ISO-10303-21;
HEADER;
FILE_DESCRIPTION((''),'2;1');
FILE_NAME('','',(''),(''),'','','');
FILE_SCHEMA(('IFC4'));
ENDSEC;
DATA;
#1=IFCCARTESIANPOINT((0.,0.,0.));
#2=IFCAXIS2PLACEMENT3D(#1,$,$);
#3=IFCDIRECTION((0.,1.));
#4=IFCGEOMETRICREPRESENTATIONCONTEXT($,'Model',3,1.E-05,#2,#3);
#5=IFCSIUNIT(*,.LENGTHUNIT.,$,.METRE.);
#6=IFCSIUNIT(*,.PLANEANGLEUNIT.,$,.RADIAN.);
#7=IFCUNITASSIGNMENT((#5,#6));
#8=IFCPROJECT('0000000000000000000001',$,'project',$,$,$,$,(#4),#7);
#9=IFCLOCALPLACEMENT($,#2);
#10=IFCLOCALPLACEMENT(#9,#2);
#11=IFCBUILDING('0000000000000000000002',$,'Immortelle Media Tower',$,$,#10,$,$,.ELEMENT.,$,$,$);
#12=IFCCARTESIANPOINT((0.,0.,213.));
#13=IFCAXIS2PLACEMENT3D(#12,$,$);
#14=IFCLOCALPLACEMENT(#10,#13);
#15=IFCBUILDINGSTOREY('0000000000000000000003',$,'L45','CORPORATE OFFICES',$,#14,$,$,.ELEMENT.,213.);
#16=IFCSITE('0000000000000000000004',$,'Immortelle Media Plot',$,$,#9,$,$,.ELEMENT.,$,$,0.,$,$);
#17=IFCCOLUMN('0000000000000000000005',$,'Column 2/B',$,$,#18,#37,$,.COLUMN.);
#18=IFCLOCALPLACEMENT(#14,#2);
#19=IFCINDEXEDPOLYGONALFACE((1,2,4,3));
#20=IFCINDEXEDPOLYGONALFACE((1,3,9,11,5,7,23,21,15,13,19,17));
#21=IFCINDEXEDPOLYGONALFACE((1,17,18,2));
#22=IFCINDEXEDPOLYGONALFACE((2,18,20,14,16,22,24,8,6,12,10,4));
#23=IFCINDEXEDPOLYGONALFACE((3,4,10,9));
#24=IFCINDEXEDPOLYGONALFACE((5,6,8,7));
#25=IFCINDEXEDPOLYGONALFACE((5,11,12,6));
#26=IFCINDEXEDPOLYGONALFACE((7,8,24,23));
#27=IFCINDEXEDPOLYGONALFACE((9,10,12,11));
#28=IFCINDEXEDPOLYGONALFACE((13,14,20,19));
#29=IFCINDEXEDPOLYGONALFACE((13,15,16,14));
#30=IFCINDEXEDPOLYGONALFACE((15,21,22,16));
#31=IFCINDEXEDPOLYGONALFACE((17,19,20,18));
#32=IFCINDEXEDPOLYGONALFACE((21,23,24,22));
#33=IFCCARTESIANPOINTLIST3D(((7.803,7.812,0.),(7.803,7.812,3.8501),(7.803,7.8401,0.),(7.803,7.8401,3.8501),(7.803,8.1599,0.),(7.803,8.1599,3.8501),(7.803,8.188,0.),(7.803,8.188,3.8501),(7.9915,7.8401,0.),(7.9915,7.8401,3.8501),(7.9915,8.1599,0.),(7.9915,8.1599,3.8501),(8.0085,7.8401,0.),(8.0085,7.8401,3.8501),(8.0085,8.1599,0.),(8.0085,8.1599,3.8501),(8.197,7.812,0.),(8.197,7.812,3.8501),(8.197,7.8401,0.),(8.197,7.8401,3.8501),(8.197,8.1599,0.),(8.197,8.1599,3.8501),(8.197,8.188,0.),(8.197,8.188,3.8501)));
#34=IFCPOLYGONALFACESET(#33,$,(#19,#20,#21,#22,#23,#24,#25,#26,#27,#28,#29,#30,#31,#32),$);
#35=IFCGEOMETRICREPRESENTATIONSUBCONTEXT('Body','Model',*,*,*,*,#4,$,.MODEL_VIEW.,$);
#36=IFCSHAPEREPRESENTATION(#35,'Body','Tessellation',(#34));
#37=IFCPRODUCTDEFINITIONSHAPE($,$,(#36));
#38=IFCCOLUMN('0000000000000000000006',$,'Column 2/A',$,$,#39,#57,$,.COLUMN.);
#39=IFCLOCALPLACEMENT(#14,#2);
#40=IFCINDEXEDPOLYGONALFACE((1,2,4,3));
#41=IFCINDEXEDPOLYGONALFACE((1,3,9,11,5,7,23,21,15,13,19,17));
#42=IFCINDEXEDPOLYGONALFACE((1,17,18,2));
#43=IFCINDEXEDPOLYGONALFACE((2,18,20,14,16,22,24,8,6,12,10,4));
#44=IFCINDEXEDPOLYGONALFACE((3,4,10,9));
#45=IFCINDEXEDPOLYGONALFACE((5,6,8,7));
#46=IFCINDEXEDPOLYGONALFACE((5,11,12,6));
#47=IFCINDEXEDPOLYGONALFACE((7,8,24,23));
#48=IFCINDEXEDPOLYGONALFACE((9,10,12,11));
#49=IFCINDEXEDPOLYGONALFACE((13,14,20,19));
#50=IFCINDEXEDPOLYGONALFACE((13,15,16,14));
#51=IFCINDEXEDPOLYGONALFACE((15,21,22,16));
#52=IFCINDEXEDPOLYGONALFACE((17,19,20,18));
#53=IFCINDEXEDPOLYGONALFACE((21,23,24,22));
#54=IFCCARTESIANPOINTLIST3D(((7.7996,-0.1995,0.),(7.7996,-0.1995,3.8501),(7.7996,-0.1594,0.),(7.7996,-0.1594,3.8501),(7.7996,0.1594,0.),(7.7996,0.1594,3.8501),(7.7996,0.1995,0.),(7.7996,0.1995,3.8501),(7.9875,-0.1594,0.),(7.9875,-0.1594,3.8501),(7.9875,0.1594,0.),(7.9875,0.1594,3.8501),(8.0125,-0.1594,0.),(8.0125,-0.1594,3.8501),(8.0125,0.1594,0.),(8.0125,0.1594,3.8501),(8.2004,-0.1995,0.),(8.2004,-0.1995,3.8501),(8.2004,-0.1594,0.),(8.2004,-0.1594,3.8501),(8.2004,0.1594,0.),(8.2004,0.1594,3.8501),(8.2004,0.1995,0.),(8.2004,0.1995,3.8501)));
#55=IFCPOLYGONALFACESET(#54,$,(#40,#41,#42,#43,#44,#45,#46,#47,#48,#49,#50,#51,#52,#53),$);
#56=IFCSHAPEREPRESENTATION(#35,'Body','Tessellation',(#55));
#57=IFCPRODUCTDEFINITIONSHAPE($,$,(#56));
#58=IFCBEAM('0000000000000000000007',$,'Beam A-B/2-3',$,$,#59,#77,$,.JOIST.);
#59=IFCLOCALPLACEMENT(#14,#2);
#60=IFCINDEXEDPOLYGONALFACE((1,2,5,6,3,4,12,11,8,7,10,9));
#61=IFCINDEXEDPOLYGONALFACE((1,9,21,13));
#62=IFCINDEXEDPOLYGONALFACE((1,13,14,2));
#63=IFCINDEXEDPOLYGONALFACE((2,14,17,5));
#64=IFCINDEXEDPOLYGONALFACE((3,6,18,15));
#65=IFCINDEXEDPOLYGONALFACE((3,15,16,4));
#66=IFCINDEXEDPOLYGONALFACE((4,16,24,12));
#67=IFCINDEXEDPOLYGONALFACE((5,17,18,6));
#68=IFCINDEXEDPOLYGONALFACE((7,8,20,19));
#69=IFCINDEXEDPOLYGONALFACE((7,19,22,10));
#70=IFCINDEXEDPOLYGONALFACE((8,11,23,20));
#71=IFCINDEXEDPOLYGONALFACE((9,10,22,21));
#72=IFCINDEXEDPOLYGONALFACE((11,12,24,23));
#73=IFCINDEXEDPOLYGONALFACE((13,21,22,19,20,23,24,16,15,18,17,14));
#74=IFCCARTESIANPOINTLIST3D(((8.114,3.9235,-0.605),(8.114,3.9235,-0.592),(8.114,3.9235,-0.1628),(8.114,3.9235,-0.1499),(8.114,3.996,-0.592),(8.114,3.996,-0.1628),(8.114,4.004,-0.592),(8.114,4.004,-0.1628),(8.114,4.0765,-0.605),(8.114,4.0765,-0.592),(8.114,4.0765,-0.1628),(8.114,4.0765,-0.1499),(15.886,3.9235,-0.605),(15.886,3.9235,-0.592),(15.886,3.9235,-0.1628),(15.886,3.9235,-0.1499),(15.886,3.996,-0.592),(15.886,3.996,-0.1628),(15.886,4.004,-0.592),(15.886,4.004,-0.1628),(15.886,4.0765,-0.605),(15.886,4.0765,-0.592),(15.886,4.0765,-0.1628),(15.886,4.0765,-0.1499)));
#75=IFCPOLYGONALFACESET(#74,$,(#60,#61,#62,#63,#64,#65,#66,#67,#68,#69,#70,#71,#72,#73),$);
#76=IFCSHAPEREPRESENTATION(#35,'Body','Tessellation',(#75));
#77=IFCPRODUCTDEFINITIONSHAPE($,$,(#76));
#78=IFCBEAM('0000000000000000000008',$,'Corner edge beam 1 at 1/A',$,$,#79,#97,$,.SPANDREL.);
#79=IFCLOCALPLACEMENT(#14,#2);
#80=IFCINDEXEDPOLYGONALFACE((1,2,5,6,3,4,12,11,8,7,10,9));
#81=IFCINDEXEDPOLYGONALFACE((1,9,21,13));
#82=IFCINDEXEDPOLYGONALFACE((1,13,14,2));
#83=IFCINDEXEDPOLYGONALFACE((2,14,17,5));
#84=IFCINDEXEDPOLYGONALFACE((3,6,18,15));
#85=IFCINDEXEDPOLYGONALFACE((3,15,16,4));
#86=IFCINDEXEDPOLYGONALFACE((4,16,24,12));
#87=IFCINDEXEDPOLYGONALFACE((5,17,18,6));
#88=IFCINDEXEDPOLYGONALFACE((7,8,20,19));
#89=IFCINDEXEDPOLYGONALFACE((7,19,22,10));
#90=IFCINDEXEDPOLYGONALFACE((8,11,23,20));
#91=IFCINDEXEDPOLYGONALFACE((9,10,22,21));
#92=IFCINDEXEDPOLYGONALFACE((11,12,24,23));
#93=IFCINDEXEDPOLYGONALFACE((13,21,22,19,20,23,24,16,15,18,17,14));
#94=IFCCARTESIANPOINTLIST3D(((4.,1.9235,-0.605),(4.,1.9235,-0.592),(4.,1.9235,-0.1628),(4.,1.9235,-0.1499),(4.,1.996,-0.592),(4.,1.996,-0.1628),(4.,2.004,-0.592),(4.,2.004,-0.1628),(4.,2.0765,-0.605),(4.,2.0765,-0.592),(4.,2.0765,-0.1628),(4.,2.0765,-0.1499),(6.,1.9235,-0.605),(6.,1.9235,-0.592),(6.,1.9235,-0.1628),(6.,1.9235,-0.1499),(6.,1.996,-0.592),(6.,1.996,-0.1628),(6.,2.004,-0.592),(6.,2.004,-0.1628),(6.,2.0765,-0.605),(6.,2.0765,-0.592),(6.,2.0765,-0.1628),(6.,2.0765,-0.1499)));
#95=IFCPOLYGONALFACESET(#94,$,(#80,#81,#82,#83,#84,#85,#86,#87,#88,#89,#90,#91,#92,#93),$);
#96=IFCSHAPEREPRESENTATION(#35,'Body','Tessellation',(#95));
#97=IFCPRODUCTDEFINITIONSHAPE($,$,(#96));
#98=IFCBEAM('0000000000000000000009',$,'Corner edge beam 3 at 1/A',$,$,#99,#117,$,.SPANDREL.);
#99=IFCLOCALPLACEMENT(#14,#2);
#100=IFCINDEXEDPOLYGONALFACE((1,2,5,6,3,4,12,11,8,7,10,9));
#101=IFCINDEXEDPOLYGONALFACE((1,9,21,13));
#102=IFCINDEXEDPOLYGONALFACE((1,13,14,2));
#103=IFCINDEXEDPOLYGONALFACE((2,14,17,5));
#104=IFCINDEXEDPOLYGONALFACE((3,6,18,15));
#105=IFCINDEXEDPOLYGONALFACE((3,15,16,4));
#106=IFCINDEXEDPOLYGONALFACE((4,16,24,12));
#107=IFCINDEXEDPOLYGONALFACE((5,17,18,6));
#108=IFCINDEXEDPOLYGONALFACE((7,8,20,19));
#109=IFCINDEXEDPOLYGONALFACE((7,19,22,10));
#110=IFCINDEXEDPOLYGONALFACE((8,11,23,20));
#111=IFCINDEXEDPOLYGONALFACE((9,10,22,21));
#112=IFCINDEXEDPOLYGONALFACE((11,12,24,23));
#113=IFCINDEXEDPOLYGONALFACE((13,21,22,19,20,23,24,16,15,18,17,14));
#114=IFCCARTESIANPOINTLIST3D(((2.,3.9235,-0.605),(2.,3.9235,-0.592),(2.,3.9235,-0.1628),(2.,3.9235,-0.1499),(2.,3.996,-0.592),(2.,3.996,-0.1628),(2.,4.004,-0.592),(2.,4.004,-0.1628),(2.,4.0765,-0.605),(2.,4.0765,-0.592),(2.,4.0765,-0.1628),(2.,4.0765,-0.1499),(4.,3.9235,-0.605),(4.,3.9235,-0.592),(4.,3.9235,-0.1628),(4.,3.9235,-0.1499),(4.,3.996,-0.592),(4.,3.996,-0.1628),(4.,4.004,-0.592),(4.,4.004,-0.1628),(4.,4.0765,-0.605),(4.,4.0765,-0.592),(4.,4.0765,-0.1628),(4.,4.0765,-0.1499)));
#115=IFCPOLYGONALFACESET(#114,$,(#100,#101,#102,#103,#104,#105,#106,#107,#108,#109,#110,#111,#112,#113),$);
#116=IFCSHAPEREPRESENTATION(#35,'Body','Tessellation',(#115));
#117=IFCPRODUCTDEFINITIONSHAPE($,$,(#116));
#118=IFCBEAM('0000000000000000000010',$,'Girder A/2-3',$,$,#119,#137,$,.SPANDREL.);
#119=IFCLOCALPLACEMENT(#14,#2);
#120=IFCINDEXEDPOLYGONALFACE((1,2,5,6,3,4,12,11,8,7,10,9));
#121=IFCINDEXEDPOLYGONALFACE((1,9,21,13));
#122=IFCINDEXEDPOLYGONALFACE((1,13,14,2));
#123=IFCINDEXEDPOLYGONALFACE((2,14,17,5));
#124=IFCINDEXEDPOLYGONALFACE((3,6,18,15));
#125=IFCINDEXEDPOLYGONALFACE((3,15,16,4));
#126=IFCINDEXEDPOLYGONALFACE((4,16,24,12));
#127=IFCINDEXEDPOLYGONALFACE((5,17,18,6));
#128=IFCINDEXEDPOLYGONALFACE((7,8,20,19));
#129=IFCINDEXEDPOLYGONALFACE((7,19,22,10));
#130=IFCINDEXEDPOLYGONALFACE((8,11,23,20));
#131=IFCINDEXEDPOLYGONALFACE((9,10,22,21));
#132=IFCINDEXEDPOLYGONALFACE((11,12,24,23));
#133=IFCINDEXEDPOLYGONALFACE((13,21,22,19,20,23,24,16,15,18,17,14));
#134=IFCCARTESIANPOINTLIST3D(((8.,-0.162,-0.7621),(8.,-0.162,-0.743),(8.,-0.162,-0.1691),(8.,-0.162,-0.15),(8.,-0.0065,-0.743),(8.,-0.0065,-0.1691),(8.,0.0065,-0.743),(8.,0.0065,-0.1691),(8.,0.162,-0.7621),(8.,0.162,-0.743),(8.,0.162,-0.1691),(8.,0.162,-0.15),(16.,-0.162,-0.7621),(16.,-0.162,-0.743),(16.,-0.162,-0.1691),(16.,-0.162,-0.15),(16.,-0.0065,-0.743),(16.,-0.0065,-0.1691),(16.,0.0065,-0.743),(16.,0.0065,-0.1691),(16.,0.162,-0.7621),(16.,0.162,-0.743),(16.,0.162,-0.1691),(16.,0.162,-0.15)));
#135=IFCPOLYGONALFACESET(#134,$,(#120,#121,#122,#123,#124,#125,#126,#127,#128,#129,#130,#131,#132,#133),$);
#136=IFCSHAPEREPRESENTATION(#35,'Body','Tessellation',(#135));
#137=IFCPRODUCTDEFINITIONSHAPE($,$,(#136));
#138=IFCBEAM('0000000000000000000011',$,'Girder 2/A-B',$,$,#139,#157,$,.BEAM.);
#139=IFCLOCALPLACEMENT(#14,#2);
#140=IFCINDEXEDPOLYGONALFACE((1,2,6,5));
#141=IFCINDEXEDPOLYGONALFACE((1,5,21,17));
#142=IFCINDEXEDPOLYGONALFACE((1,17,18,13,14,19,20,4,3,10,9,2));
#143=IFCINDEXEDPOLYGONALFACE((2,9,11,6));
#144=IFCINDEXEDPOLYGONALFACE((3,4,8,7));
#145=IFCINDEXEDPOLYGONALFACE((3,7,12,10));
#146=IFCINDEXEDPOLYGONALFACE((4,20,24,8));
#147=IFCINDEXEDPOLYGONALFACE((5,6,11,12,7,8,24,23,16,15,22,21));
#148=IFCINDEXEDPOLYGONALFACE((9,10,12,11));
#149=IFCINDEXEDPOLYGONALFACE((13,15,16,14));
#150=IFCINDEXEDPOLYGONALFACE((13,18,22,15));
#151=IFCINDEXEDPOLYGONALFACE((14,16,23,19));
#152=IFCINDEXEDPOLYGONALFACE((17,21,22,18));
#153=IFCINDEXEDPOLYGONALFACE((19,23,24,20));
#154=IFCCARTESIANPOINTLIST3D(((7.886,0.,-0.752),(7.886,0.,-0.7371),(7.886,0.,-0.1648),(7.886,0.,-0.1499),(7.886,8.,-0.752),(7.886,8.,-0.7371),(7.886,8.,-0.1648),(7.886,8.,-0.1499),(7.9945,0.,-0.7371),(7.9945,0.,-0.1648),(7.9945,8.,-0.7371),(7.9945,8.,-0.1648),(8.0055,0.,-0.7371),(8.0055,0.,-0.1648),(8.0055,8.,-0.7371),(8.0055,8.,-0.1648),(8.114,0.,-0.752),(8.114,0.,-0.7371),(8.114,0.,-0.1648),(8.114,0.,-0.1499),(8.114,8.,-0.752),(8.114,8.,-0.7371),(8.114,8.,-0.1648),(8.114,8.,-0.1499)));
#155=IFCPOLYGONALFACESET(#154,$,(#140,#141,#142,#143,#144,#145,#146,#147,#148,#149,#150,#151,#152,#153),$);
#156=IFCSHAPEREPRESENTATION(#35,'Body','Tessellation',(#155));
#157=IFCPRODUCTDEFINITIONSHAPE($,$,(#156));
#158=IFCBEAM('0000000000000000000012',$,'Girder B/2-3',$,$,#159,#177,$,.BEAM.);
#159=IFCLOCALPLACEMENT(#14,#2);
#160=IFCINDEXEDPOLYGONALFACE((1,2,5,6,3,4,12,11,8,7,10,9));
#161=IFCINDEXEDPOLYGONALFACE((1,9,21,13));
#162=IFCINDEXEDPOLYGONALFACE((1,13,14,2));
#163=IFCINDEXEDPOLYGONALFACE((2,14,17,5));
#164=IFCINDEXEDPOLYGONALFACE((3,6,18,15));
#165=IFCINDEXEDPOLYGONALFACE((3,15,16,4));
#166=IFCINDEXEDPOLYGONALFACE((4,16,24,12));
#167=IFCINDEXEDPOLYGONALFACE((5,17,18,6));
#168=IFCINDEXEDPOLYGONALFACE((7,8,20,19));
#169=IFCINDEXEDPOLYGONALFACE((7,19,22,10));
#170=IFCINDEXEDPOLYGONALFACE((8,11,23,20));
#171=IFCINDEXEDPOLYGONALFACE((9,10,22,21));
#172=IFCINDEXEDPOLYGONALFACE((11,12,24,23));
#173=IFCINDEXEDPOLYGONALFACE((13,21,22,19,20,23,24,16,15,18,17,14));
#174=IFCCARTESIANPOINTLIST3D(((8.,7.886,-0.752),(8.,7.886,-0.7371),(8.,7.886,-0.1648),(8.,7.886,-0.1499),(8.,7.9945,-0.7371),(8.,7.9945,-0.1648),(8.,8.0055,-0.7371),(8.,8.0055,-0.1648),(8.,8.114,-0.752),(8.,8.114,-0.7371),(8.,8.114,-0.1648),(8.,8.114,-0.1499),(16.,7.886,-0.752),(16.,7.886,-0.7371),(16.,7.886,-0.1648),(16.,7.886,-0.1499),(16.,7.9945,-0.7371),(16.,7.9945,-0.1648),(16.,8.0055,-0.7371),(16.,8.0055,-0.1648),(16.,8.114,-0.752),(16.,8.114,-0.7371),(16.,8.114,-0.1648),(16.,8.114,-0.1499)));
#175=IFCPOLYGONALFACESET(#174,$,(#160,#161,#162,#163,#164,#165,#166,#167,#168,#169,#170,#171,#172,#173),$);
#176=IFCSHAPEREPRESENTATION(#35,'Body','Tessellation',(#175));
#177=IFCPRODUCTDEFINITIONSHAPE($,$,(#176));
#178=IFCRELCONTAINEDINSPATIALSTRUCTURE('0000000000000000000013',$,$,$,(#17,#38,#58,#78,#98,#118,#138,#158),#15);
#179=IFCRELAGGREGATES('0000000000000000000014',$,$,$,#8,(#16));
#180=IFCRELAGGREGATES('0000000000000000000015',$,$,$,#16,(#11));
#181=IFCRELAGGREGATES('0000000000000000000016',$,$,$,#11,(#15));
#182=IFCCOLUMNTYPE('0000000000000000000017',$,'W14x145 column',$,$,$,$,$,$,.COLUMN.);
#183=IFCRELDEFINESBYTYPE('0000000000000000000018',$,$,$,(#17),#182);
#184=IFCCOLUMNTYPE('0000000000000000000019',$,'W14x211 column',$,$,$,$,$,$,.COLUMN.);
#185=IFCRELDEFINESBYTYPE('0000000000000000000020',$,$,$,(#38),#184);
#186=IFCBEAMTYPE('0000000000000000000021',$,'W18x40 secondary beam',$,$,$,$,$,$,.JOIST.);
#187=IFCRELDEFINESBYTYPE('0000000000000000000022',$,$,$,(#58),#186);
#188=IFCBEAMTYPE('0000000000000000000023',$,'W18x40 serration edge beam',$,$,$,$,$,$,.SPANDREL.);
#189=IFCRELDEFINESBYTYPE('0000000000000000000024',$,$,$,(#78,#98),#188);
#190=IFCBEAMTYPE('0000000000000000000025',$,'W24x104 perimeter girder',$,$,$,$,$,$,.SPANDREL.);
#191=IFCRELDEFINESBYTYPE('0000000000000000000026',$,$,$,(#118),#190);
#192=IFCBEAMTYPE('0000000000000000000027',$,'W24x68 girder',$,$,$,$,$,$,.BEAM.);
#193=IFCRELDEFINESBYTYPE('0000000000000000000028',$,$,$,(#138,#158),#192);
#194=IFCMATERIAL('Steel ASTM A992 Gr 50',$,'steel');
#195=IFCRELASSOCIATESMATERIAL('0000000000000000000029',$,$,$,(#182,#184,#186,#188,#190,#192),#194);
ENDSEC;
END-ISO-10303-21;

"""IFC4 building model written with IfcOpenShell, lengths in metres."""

from ifc_helpers import new_model, si_unit, direction, frame, origin, origin_2d, place, context, subcontext, project, spatial, i_section, extrude, material, material_profile, profile_set, type_object, element, save


model = new_model("IFC4")

# Units and contexts
model_context = context("Model", 3, precision=1e-05, world=origin(), true_north=direction((0.0, 1.0)))
body_context = subcontext(model_context, "Body", "Model", "MODEL_VIEW")
ifc_project = project(units=[si_unit("LENGTHUNIT", "METRE"), si_unit("PLANEANGLEUNIT", "RADIAN")], contexts=[model_context])

# Site, building, storey
site_placement = place(None, origin())
site = spatial("IfcSite", under=ifc_project, at=site_placement, Name="Immortelle Media Plot", CompositionType="ELEMENT", RefElevation=0.0)
building_placement = place(site_placement, origin())
building = spatial("IfcBuilding", under=site, at=building_placement, Name="Immortelle Media Tower", CompositionType="ELEMENT")
storey_placement = place(building_placement, frame((0.0, 0.0, 213.0)))
storey = spatial("IfcBuildingStorey", under=building, at=storey_placement, Name="L45", Description="CORPORATE OFFICES", CompositionType="ELEMENT", Elevation=213.0)

# Columns
ifc_material_1 = material(Name="Steel ASTM A992 Gr 50", Category="steel")
ifc_material_profile_1 = material_profile(ifc_material_1, i_section(OverallWidth=0.394, OverallDepth=0.376, WebThickness=0.0171, FlangeThickness=0.0281, at=origin_2d()), Name="W14x145")
ifc_profile_set_1 = profile_set([ifc_material_profile_1], Name="Steel ASTM A992 Gr 50")
column_type_1 = type_object("IfcColumnType", Name="W14x145 column", PredefinedType="COLUMN", material=ifc_profile_set_1)
column_1_placement = place(storey_placement, frame((8.0, 8.0, 0.0), z_axis=(0.0, 0.0, 1.0), x_axis=(1.0, 0.0, 0.0)))
element("IfcColumn", 1, at=column_1_placement, inside=storey, type_object=column_type_1, Name="Column 2/B", PredefinedType="COLUMN", context=body_context, shape_type="SweptSolid", body=[
    extrude(i_section(OverallWidth=0.394, OverallDepth=0.376, WebThickness=0.0171, FlangeThickness=0.0281, at=origin_2d()), origin(), (0.0, 0.0, 1.0), 3.8501),
])
ifc_material_profile_2 = material_profile(ifc_material_1, i_section(OverallWidth=0.4009, OverallDepth=0.3989, WebThickness=0.0249, FlangeThickness=0.04, at=origin_2d()), Name="W14x211")
ifc_profile_set_2 = profile_set([ifc_material_profile_2], Name="Steel ASTM A992 Gr 50")
column_type_2 = type_object("IfcColumnType", Name="W14x211 column", PredefinedType="COLUMN", material=ifc_profile_set_2)
column_2_placement = place(storey_placement, frame((8.0, 0.0, 0.0), z_axis=(0.0, 0.0, 1.0), x_axis=(1.0, 0.0, 0.0)))
element("IfcColumn", 2, at=column_2_placement, inside=storey, type_object=column_type_2, Name="Column 2/A", PredefinedType="COLUMN", context=body_context, shape_type="SweptSolid", body=[
    extrude(i_section(OverallWidth=0.4009, OverallDepth=0.3989, WebThickness=0.0249, FlangeThickness=0.04, at=origin_2d()), origin(), (0.0, 0.0, 1.0), 3.8501),
])

# Beams
ifc_material_profile_3 = material_profile(ifc_material_1, i_section(OverallWidth=0.1531, OverallDepth=0.4551, WebThickness=0.0081, FlangeThickness=0.0129, at=origin_2d()), Name="W18x40")
ifc_profile_set_3 = profile_set([ifc_material_profile_3], Name="Steel ASTM A992 Gr 50")
beam_type_1 = type_object("IfcBeamType", Name="W18x40 secondary beam", PredefinedType="JOIST", material=ifc_profile_set_3)
beam_1_placement = place(storey_placement, frame((8.114, 4.0, -0.3774), z_axis=(1.0, 0.0, 0.0), x_axis=(0.0, 1.0, 0.0)))
element("IfcBeam", 3, at=beam_1_placement, inside=storey, type_object=beam_type_1, Name="Beam A-B/2-3", PredefinedType="JOIST", context=body_context, shape_type="SweptSolid", body=[
    extrude(i_section(OverallWidth=0.1531, OverallDepth=0.4551, WebThickness=0.0081, FlangeThickness=0.0129, at=origin_2d()), origin(), (0.0, 0.0, 1.0), 7.772),
])
ifc_material_profile_4 = material_profile(ifc_material_1, i_section(OverallWidth=0.1531, OverallDepth=0.4551, WebThickness=0.0081, FlangeThickness=0.0129, at=origin_2d()), Name="W18x40")
ifc_profile_set_4 = profile_set([ifc_material_profile_4], Name="Steel ASTM A992 Gr 50")
beam_type_2 = type_object("IfcBeamType", Name="W18x40 serration edge beam", PredefinedType="SPANDREL", material=ifc_profile_set_4)
for number, where, z_axis, x_axis, name in (
    (4, (6.0, 2.0, -0.3774), (-1.0, 0.0, 0.0), (0.0, -1.0, 0.0), "Corner edge beam 1 at 1/A"),
    (5, (4.0, 4.0, -0.3774), (-1.0, 0.0, 0.0), (0.0, -1.0, 0.0), "Corner edge beam 3 at 1/A"),
):
    element("IfcBeam", number, at=place(storey_placement, frame(where, z_axis=z_axis, x_axis=x_axis)), inside=storey, type_object=beam_type_2, Name=name, PredefinedType="SPANDREL", context=body_context, shape_type="SweptSolid", body=[
        extrude(i_section(OverallWidth=0.1531, OverallDepth=0.4551, WebThickness=0.0081, FlangeThickness=0.0129, at=origin_2d()), origin(), (0.0, 0.0, 1.0), 2.0),
    ])
ifc_material_profile_5 = material_profile(ifc_material_1, i_section(OverallWidth=0.324, OverallDepth=0.6121, WebThickness=0.0129, FlangeThickness=0.019, at=origin_2d()), Name="W24x104")
ifc_profile_set_5 = profile_set([ifc_material_profile_5], Name="Steel ASTM A992 Gr 50")
beam_type_3 = type_object("IfcBeamType", Name="W24x104 perimeter girder", PredefinedType="SPANDREL", material=ifc_profile_set_5)
beam_2_placement = place(storey_placement, frame((8.0, 0.0, -0.4561), z_axis=(1.0, 0.0, 0.0), x_axis=(0.0, 1.0, 0.0)))
element("IfcBeam", 6, at=beam_2_placement, inside=storey, type_object=beam_type_3, Name="Girder A/2-3", PredefinedType="SPANDREL", context=body_context, shape_type="SweptSolid", body=[
    extrude(i_section(OverallWidth=0.324, OverallDepth=0.6121, WebThickness=0.0129, FlangeThickness=0.019, at=origin_2d()), origin(), (0.0, 0.0, 1.0), 8.0),
])
ifc_material_profile_6 = material_profile(ifc_material_1, i_section(OverallWidth=0.228, OverallDepth=0.6021, WebThickness=0.011, FlangeThickness=0.0149, at=origin_2d()), Name="W24x68")
ifc_profile_set_6 = profile_set([ifc_material_profile_6], Name="Steel ASTM A992 Gr 50")
beam_type_4 = type_object("IfcBeamType", Name="W24x68 girder", PredefinedType="BEAM", material=ifc_profile_set_6)
for number, where, z_axis, x_axis, name in (
    (7, (8.0, 0.0, -0.4509), (0.0, 1.0, 0.0), (-1.0, 0.0, 0.0), "Girder 2/A-B"),
    (8, (8.0, 8.0, -0.4509), (1.0, 0.0, 0.0), (0.0, 1.0, 0.0), "Girder B/2-3"),
):
    element("IfcBeam", number, at=place(storey_placement, frame(where, z_axis=z_axis, x_axis=x_axis)), inside=storey, type_object=beam_type_4, Name=name, PredefinedType="BEAM", context=body_context, shape_type="SweptSolid", body=[
        extrude(i_section(OverallWidth=0.228, OverallDepth=0.6021, WebThickness=0.011, FlangeThickness=0.0149, at=origin_2d()), origin(), (0.0, 0.0, 1.0), 8.0),
    ])

save(model, "model.ifc")
